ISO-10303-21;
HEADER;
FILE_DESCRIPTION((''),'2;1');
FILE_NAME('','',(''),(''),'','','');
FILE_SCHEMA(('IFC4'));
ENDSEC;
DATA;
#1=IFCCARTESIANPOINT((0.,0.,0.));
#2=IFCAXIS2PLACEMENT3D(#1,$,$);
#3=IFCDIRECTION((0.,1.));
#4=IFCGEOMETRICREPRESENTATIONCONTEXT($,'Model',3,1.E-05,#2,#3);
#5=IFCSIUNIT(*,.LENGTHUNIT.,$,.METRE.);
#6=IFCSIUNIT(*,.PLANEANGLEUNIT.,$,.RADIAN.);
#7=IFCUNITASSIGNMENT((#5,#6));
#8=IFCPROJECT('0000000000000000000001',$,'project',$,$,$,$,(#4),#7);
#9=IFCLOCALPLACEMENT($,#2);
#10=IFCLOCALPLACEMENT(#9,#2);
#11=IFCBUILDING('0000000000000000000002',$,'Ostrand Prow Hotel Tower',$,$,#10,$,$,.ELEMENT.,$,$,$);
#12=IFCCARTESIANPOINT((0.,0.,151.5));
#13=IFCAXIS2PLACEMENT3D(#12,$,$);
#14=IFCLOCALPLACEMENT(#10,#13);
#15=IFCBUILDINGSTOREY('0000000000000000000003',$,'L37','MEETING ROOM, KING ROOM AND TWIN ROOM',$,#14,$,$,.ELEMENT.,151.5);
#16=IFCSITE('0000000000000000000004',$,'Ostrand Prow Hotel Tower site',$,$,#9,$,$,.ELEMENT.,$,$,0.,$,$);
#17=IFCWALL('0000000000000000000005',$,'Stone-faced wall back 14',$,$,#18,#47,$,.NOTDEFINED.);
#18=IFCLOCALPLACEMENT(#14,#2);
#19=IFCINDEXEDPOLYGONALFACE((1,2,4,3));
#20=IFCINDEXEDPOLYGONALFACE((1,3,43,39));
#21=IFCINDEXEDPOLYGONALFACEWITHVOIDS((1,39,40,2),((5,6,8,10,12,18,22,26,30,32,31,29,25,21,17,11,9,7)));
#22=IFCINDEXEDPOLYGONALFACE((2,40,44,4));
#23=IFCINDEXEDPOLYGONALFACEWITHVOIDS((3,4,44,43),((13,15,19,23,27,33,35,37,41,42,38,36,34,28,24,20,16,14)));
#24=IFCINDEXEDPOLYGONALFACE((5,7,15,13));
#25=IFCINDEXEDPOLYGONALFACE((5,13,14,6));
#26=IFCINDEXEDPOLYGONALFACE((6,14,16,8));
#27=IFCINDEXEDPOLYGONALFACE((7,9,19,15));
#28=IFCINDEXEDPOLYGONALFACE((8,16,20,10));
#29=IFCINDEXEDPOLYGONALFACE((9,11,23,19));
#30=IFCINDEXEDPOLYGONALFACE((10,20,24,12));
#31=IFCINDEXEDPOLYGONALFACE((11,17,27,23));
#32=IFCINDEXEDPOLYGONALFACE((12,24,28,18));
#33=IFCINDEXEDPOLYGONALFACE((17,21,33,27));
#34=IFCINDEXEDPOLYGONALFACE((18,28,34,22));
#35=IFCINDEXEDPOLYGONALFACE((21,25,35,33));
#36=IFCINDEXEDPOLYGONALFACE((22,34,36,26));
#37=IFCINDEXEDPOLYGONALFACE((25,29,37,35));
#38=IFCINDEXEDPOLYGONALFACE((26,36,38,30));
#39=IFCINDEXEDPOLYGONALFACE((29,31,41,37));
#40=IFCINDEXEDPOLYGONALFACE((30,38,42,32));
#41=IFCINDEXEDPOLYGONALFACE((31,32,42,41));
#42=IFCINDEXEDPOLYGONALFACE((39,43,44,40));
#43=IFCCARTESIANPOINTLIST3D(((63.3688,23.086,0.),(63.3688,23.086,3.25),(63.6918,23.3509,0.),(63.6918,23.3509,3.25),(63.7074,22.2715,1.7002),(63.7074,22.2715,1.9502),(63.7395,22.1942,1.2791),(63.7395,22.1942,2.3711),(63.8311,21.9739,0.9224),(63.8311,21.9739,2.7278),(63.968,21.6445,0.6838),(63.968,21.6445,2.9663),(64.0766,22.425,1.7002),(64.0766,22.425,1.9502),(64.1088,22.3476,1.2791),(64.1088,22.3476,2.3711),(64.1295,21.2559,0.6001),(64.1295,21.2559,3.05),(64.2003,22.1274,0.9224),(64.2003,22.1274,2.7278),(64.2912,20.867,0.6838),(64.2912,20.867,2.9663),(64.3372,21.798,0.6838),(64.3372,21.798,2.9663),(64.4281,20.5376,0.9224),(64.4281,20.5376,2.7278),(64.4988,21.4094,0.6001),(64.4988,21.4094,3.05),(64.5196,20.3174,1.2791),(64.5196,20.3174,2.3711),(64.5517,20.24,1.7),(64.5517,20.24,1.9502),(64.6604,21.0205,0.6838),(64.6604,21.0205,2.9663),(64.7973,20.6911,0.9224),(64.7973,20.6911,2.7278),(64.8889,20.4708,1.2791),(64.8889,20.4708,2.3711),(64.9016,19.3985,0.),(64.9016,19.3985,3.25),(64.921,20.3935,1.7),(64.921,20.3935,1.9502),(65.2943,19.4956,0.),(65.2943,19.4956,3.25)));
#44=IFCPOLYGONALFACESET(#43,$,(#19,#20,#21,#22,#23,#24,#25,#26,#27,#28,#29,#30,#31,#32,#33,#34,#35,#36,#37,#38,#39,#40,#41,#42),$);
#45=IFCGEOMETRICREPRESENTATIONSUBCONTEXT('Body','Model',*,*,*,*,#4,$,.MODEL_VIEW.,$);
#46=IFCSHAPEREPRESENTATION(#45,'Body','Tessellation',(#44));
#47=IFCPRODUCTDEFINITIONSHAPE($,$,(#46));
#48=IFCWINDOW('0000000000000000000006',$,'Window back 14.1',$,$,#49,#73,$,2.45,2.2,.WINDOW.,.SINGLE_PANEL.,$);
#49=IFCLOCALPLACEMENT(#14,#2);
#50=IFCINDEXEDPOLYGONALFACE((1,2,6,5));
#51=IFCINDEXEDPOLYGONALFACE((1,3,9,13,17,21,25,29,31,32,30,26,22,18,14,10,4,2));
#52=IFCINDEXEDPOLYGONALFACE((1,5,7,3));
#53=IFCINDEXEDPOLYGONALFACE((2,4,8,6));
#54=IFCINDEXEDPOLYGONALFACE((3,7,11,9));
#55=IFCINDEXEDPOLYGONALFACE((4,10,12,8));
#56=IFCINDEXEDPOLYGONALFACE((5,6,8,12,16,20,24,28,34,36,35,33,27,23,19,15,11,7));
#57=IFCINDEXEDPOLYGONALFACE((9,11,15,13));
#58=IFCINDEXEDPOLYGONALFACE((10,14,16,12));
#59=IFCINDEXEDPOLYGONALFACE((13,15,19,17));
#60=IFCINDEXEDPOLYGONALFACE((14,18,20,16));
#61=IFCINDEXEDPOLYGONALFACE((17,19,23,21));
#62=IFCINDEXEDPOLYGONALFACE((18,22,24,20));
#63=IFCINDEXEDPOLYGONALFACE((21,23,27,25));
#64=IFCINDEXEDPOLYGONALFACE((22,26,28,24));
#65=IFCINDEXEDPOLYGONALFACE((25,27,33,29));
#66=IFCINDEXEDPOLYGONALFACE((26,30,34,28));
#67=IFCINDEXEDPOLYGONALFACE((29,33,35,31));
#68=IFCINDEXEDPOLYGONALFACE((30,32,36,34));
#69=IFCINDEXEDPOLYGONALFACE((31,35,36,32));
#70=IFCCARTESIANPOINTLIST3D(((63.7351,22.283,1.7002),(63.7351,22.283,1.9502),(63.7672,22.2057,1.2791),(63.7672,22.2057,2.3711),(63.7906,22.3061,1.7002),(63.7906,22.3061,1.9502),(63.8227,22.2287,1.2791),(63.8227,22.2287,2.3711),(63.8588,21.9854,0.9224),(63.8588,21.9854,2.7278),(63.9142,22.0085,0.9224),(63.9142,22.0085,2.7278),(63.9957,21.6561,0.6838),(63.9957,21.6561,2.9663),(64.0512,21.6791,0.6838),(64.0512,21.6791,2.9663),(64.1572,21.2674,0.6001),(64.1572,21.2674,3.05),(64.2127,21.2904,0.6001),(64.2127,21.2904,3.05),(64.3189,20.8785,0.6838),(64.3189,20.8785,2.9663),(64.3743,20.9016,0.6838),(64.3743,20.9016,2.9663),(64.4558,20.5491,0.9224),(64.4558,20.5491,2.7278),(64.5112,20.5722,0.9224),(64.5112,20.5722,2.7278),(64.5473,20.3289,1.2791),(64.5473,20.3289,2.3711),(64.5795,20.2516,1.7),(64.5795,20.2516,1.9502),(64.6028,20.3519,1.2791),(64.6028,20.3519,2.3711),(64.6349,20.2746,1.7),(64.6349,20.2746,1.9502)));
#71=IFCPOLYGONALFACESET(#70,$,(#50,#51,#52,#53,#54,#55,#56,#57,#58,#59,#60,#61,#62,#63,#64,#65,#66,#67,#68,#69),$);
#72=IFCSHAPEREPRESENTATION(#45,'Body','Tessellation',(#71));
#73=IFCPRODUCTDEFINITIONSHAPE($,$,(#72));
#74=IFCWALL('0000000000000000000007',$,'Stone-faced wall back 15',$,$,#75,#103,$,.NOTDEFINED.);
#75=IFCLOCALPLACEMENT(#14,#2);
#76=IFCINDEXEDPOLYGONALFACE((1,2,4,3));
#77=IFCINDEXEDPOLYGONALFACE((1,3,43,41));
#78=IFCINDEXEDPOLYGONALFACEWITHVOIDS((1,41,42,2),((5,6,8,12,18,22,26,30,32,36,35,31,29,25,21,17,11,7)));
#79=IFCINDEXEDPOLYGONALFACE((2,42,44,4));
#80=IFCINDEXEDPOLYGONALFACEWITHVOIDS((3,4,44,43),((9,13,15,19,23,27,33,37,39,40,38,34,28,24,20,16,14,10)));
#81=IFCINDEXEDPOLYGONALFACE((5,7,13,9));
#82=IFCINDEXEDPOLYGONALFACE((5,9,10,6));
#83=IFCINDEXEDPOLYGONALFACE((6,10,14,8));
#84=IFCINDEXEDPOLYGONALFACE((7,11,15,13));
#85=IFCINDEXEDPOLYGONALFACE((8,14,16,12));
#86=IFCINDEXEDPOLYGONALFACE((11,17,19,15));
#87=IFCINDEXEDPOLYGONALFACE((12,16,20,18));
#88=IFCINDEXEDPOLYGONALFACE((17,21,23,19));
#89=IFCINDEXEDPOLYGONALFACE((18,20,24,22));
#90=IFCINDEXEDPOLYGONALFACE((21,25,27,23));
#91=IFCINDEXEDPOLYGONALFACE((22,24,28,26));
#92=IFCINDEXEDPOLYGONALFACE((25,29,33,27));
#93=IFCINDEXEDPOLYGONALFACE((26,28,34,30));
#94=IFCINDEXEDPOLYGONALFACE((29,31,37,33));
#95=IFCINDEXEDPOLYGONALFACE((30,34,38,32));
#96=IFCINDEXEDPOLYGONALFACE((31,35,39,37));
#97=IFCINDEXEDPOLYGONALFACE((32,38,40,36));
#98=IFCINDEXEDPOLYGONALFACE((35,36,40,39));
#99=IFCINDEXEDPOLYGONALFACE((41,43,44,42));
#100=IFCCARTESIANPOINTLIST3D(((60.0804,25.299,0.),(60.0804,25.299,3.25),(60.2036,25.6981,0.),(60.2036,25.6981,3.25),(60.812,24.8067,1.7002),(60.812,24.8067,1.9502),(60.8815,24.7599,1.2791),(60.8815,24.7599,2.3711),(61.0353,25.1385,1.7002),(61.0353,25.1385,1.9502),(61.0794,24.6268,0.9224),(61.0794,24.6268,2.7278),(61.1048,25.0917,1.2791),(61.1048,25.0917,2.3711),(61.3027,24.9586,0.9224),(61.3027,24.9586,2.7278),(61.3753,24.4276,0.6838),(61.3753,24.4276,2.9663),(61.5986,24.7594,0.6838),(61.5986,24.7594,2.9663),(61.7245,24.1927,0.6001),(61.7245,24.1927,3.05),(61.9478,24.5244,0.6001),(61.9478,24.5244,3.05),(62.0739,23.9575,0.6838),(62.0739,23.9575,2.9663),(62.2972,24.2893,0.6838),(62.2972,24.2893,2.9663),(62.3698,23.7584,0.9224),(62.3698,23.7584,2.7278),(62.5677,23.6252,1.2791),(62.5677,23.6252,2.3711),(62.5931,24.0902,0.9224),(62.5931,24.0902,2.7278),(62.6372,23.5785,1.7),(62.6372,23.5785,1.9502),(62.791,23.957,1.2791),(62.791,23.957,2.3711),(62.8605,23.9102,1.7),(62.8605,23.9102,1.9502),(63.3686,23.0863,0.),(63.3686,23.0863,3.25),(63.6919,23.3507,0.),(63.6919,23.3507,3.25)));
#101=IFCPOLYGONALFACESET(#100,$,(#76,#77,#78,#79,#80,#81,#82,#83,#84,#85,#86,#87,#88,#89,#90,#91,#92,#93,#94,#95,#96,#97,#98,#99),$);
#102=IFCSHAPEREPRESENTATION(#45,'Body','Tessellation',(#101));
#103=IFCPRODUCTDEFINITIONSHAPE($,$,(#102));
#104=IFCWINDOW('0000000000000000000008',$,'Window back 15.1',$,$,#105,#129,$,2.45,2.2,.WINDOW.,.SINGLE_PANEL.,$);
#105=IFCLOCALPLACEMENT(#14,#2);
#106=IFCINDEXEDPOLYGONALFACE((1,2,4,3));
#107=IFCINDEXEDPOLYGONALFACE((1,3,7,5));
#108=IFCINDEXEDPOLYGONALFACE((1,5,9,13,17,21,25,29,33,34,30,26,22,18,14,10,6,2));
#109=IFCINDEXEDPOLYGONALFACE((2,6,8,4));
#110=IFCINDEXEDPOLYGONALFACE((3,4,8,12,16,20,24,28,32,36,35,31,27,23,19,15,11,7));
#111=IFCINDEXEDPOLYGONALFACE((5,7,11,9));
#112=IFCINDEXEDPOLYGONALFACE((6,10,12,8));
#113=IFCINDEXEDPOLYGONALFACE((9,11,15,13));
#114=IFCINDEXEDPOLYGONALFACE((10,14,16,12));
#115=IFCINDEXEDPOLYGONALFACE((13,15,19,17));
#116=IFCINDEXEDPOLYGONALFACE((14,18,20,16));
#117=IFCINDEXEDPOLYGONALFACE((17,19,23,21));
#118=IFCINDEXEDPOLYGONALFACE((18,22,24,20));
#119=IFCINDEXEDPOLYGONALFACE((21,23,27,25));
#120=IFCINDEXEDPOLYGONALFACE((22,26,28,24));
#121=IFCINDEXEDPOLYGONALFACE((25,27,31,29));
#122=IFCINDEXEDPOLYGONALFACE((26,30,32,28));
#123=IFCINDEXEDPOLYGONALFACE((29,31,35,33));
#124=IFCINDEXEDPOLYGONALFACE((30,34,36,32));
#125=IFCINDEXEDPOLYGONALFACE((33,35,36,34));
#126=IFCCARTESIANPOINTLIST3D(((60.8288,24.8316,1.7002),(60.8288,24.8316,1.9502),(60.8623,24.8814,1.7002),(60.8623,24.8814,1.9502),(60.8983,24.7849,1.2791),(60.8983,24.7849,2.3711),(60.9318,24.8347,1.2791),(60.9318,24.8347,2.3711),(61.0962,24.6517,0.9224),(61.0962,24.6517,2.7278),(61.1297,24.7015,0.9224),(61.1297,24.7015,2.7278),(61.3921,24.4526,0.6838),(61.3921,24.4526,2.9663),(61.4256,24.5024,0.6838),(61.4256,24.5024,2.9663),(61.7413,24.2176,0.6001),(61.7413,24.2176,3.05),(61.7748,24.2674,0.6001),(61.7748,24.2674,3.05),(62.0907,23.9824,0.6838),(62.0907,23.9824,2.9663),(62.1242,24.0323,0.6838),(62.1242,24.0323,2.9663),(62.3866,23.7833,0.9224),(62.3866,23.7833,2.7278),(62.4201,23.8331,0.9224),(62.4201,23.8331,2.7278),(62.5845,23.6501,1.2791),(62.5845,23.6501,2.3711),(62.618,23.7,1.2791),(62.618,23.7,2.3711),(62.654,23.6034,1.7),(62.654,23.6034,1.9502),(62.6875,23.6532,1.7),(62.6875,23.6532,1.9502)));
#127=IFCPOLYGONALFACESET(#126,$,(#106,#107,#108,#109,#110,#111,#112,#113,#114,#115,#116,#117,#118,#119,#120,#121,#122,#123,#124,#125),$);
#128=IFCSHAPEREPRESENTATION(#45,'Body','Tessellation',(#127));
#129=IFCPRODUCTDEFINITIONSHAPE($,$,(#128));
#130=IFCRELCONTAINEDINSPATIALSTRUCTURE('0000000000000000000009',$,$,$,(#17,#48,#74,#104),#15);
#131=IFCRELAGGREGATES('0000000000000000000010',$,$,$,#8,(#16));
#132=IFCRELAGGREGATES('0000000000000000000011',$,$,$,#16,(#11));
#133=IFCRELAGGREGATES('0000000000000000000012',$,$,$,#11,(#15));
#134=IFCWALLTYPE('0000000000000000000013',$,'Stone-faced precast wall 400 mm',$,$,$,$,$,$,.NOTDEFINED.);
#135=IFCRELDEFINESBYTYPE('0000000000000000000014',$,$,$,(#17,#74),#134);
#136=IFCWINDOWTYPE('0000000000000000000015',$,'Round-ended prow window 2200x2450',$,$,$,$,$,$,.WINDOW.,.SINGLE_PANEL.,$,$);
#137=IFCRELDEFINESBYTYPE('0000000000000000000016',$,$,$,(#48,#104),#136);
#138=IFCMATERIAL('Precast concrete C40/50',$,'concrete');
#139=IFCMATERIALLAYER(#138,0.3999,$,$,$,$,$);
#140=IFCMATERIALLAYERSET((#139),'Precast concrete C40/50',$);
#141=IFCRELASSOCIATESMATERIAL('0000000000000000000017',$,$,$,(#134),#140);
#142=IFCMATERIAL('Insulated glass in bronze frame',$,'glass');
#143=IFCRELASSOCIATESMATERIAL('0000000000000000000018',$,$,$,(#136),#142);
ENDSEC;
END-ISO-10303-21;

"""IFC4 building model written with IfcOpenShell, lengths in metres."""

from ifc_helpers import new_model, si_unit, direction, frame, origin, place, context, subcontext, project, spatial, polyline, outline, extrude, material, layer, layer_set, type_object, element, fill, save


model = new_model("IFC4")

# Units and contexts
model_context = context("Model", 3, precision=1e-05, world=origin(), true_north=direction((0.0, 1.0)))
body_context = subcontext(model_context, "Body", "Model", "MODEL_VIEW")
ifc_project = project(units=[si_unit("LENGTHUNIT", "METRE"), si_unit("PLANEANGLEUNIT", "RADIAN")], contexts=[model_context])

# Site, building, storey
site_placement = place(None, origin())
site = spatial("IfcSite", under=ifc_project, at=site_placement, Name="Ostrand Prow Hotel Tower site", CompositionType="ELEMENT", RefElevation=0.0)
building_placement = place(site_placement, origin())
building = spatial("IfcBuilding", under=site, at=building_placement, Name="Ostrand Prow Hotel Tower", CompositionType="ELEMENT")
storey_placement = place(building_placement, frame((0.0, 0.0, 151.5)))
storey = spatial("IfcBuildingStorey", under=building, at=storey_placement, Name="L37", Description="MEETING ROOM, KING ROOM AND TWIN ROOM", CompositionType="ELEMENT", Elevation=151.5)

# Shared definitions
ifc_material_1 = material(Name="Precast concrete C40/50", Category="concrete")
ifc_layer_1 = layer(ifc_material_1, 0.3999)
ifc_layer_set_1 = layer_set([ifc_layer_1], Name="Precast concrete C40/50")
wall_type_1 = type_object("IfcWallType", Name="Stone-faced precast wall 400 mm", PredefinedType="NOTDEFINED", material=ifc_layer_set_1)

# Walls, openings, windows
wall_1_placement = place(storey_placement, frame((65.0979, 19.447, 0.0), z_axis=(0.0, 0.0, 1.0), x_axis=(-0.383817, 0.923409, 0.0)))
wall_1 = element("IfcWall", 1, at=wall_1_placement, inside=storey, type_object=wall_type_1, Name="Stone-faced wall back 14", PredefinedType="NOTDEFINED", context=body_context, shape_type="SweptSolid", body=[
    extrude(outline(polyline([(-0.0305, -0.2), (4.1445, -0.2), (4.0239, 0.2), (0.0305, 0.2), (-0.0305, -0.2)])), origin(), (0.0, 0.0, 1.0), 3.25),
])
opening_1_placement = place(wall_1_placement, frame((0.9419, 0.0, 0.6001)))
opening_1 = element("IfcOpeningElement", 2, at=opening_1_placement, cuts=wall_1, PredefinedType="OPENING", context=body_context, shape_type="SweptSolid", body=[
    extrude(outline(polyline([(0.0, 1.3501), (0.0837, 1.771), (0.3223, 2.1277), (0.679, 2.3662), (1.1001, 2.45), (1.521, 2.3662), (1.8777, 2.1277), (2.1162, 1.771), (2.2, 1.3501), (2.2, 1.1001), (2.1162, 0.679), (1.8777, 0.3223), (1.521, 0.0837), (1.1001, 0.0), (0.679, 0.0837), (0.3223, 0.3223), (0.0837, 0.679), (0.0, 1.0999), (0.0, 1.3501)])), frame((0.0, 0.21, 0.0), z_axis=(0.0, -1.0, 0.0), x_axis=(1.0, 0.0, 0.0)), (0.0, 0.0, 1.0), 0.4199),
])
ifc_material_2 = material(Name="Insulated glass in bronze frame", Category="glass")
window_type_1 = type_object("IfcWindowType", Name="Round-ended prow window 2200x2450", PartitioningType="SINGLE_PANEL", PredefinedType="WINDOW", material=ifc_material_2)
window_1_placement = place(opening_1_placement, origin())
window_1 = element("IfcWindow", 3, at=window_1_placement, inside=storey, type_object=window_type_1, Name="Window back 14.1", OverallHeight=2.45, OverallWidth=2.2, PartitioningType="SINGLE_PANEL", PredefinedType="WINDOW", context=body_context, shape_type="SweptSolid", body=[
    extrude(outline(polyline([(0.0, 1.3501), (0.0837, 1.771), (0.3223, 2.1277), (0.679, 2.3662), (1.1001, 2.45), (1.521, 2.3662), (1.8777, 2.1277), (2.1162, 1.771), (2.2, 1.3501), (2.2, 1.1001), (2.1162, 0.679), (1.8777, 0.3223), (1.521, 0.0837), (1.1001, 0.0), (0.679, 0.0837), (0.3223, 0.3223), (0.0837, 0.679), (0.0, 1.0999), (0.0, 1.3501)])), frame((0.0, 0.1699, 0.0), z_axis=(0.0, -1.0, 0.0), x_axis=(1.0, 0.0, 0.0)), (0.0, 0.0, 1.0), 0.0601),
])
fill(opening_1, window_1)
wall_2_placement = place(storey_placement, frame((63.5303, 23.2185, 0.0), z_axis=(0.0, 0.0, 1.0), x_axis=(-0.829642, 0.558296, 0.0)))
wall_2 = element("IfcWall", 4, at=wall_2_placement, inside=storey, type_object=wall_type_1, Name="Stone-faced wall back 15", PredefinedType="NOTDEFINED", context=body_context, shape_type="SweptSolid", body=[
    extrude(outline(polyline([(-0.0603, -0.2), (4.1443, -0.2), (4.0237, 0.2), (0.0603, 0.2), (-0.0603, -0.2)])), origin(), (0.0, 0.0, 1.0), 3.25),
])
opening_2_placement = place(wall_2_placement, frame((0.9419, 0.0, 0.6001)))
opening_2 = element("IfcOpeningElement", 5, at=opening_2_placement, cuts=wall_2, PredefinedType="OPENING", context=body_context, shape_type="SweptSolid", body=[
    extrude(outline(polyline([(0.0, 1.3501), (0.0837, 1.771), (0.3223, 2.1277), (0.679, 2.3662), (1.1001, 2.45), (1.521, 2.3662), (1.8777, 2.1277), (2.1162, 1.771), (2.2, 1.3501), (2.2, 1.1001), (2.1162, 0.679), (1.8777, 0.3223), (1.521, 0.0837), (1.1001, 0.0), (0.679, 0.0837), (0.3223, 0.3223), (0.0837, 0.679), (0.0, 1.0999), (0.0, 1.3501)])), frame((0.0, 0.21, 0.0), z_axis=(0.0, -1.0, 0.0), x_axis=(1.0, 0.0, 0.0)), (0.0, 0.0, 1.0), 0.4199),
])
window_2_placement = place(opening_2_placement, origin())
window_2 = element("IfcWindow", 6, at=window_2_placement, inside=storey, type_object=window_type_1, Name="Window back 15.1", OverallHeight=2.45, OverallWidth=2.2, PartitioningType="SINGLE_PANEL", PredefinedType="WINDOW", context=body_context, shape_type="SweptSolid", body=[
    extrude(outline(polyline([(0.0, 1.3501), (0.0837, 1.771), (0.3223, 2.1277), (0.679, 2.3662), (1.1001, 2.45), (1.521, 2.3662), (1.8777, 2.1277), (2.1162, 1.771), (2.2, 1.3501), (2.2, 1.1001), (2.1162, 0.679), (1.8777, 0.3223), (1.521, 0.0837), (1.1001, 0.0), (0.679, 0.0837), (0.3223, 0.3223), (0.0837, 0.679), (0.0, 1.0999), (0.0, 1.3501)])), frame((0.0, 0.1699, 0.0), z_axis=(0.0, -1.0, 0.0), x_axis=(1.0, 0.0, 0.0)), (0.0, 0.0, 1.0), 0.0601),
])
fill(opening_2, window_2)

save(model, "model.ifc")
